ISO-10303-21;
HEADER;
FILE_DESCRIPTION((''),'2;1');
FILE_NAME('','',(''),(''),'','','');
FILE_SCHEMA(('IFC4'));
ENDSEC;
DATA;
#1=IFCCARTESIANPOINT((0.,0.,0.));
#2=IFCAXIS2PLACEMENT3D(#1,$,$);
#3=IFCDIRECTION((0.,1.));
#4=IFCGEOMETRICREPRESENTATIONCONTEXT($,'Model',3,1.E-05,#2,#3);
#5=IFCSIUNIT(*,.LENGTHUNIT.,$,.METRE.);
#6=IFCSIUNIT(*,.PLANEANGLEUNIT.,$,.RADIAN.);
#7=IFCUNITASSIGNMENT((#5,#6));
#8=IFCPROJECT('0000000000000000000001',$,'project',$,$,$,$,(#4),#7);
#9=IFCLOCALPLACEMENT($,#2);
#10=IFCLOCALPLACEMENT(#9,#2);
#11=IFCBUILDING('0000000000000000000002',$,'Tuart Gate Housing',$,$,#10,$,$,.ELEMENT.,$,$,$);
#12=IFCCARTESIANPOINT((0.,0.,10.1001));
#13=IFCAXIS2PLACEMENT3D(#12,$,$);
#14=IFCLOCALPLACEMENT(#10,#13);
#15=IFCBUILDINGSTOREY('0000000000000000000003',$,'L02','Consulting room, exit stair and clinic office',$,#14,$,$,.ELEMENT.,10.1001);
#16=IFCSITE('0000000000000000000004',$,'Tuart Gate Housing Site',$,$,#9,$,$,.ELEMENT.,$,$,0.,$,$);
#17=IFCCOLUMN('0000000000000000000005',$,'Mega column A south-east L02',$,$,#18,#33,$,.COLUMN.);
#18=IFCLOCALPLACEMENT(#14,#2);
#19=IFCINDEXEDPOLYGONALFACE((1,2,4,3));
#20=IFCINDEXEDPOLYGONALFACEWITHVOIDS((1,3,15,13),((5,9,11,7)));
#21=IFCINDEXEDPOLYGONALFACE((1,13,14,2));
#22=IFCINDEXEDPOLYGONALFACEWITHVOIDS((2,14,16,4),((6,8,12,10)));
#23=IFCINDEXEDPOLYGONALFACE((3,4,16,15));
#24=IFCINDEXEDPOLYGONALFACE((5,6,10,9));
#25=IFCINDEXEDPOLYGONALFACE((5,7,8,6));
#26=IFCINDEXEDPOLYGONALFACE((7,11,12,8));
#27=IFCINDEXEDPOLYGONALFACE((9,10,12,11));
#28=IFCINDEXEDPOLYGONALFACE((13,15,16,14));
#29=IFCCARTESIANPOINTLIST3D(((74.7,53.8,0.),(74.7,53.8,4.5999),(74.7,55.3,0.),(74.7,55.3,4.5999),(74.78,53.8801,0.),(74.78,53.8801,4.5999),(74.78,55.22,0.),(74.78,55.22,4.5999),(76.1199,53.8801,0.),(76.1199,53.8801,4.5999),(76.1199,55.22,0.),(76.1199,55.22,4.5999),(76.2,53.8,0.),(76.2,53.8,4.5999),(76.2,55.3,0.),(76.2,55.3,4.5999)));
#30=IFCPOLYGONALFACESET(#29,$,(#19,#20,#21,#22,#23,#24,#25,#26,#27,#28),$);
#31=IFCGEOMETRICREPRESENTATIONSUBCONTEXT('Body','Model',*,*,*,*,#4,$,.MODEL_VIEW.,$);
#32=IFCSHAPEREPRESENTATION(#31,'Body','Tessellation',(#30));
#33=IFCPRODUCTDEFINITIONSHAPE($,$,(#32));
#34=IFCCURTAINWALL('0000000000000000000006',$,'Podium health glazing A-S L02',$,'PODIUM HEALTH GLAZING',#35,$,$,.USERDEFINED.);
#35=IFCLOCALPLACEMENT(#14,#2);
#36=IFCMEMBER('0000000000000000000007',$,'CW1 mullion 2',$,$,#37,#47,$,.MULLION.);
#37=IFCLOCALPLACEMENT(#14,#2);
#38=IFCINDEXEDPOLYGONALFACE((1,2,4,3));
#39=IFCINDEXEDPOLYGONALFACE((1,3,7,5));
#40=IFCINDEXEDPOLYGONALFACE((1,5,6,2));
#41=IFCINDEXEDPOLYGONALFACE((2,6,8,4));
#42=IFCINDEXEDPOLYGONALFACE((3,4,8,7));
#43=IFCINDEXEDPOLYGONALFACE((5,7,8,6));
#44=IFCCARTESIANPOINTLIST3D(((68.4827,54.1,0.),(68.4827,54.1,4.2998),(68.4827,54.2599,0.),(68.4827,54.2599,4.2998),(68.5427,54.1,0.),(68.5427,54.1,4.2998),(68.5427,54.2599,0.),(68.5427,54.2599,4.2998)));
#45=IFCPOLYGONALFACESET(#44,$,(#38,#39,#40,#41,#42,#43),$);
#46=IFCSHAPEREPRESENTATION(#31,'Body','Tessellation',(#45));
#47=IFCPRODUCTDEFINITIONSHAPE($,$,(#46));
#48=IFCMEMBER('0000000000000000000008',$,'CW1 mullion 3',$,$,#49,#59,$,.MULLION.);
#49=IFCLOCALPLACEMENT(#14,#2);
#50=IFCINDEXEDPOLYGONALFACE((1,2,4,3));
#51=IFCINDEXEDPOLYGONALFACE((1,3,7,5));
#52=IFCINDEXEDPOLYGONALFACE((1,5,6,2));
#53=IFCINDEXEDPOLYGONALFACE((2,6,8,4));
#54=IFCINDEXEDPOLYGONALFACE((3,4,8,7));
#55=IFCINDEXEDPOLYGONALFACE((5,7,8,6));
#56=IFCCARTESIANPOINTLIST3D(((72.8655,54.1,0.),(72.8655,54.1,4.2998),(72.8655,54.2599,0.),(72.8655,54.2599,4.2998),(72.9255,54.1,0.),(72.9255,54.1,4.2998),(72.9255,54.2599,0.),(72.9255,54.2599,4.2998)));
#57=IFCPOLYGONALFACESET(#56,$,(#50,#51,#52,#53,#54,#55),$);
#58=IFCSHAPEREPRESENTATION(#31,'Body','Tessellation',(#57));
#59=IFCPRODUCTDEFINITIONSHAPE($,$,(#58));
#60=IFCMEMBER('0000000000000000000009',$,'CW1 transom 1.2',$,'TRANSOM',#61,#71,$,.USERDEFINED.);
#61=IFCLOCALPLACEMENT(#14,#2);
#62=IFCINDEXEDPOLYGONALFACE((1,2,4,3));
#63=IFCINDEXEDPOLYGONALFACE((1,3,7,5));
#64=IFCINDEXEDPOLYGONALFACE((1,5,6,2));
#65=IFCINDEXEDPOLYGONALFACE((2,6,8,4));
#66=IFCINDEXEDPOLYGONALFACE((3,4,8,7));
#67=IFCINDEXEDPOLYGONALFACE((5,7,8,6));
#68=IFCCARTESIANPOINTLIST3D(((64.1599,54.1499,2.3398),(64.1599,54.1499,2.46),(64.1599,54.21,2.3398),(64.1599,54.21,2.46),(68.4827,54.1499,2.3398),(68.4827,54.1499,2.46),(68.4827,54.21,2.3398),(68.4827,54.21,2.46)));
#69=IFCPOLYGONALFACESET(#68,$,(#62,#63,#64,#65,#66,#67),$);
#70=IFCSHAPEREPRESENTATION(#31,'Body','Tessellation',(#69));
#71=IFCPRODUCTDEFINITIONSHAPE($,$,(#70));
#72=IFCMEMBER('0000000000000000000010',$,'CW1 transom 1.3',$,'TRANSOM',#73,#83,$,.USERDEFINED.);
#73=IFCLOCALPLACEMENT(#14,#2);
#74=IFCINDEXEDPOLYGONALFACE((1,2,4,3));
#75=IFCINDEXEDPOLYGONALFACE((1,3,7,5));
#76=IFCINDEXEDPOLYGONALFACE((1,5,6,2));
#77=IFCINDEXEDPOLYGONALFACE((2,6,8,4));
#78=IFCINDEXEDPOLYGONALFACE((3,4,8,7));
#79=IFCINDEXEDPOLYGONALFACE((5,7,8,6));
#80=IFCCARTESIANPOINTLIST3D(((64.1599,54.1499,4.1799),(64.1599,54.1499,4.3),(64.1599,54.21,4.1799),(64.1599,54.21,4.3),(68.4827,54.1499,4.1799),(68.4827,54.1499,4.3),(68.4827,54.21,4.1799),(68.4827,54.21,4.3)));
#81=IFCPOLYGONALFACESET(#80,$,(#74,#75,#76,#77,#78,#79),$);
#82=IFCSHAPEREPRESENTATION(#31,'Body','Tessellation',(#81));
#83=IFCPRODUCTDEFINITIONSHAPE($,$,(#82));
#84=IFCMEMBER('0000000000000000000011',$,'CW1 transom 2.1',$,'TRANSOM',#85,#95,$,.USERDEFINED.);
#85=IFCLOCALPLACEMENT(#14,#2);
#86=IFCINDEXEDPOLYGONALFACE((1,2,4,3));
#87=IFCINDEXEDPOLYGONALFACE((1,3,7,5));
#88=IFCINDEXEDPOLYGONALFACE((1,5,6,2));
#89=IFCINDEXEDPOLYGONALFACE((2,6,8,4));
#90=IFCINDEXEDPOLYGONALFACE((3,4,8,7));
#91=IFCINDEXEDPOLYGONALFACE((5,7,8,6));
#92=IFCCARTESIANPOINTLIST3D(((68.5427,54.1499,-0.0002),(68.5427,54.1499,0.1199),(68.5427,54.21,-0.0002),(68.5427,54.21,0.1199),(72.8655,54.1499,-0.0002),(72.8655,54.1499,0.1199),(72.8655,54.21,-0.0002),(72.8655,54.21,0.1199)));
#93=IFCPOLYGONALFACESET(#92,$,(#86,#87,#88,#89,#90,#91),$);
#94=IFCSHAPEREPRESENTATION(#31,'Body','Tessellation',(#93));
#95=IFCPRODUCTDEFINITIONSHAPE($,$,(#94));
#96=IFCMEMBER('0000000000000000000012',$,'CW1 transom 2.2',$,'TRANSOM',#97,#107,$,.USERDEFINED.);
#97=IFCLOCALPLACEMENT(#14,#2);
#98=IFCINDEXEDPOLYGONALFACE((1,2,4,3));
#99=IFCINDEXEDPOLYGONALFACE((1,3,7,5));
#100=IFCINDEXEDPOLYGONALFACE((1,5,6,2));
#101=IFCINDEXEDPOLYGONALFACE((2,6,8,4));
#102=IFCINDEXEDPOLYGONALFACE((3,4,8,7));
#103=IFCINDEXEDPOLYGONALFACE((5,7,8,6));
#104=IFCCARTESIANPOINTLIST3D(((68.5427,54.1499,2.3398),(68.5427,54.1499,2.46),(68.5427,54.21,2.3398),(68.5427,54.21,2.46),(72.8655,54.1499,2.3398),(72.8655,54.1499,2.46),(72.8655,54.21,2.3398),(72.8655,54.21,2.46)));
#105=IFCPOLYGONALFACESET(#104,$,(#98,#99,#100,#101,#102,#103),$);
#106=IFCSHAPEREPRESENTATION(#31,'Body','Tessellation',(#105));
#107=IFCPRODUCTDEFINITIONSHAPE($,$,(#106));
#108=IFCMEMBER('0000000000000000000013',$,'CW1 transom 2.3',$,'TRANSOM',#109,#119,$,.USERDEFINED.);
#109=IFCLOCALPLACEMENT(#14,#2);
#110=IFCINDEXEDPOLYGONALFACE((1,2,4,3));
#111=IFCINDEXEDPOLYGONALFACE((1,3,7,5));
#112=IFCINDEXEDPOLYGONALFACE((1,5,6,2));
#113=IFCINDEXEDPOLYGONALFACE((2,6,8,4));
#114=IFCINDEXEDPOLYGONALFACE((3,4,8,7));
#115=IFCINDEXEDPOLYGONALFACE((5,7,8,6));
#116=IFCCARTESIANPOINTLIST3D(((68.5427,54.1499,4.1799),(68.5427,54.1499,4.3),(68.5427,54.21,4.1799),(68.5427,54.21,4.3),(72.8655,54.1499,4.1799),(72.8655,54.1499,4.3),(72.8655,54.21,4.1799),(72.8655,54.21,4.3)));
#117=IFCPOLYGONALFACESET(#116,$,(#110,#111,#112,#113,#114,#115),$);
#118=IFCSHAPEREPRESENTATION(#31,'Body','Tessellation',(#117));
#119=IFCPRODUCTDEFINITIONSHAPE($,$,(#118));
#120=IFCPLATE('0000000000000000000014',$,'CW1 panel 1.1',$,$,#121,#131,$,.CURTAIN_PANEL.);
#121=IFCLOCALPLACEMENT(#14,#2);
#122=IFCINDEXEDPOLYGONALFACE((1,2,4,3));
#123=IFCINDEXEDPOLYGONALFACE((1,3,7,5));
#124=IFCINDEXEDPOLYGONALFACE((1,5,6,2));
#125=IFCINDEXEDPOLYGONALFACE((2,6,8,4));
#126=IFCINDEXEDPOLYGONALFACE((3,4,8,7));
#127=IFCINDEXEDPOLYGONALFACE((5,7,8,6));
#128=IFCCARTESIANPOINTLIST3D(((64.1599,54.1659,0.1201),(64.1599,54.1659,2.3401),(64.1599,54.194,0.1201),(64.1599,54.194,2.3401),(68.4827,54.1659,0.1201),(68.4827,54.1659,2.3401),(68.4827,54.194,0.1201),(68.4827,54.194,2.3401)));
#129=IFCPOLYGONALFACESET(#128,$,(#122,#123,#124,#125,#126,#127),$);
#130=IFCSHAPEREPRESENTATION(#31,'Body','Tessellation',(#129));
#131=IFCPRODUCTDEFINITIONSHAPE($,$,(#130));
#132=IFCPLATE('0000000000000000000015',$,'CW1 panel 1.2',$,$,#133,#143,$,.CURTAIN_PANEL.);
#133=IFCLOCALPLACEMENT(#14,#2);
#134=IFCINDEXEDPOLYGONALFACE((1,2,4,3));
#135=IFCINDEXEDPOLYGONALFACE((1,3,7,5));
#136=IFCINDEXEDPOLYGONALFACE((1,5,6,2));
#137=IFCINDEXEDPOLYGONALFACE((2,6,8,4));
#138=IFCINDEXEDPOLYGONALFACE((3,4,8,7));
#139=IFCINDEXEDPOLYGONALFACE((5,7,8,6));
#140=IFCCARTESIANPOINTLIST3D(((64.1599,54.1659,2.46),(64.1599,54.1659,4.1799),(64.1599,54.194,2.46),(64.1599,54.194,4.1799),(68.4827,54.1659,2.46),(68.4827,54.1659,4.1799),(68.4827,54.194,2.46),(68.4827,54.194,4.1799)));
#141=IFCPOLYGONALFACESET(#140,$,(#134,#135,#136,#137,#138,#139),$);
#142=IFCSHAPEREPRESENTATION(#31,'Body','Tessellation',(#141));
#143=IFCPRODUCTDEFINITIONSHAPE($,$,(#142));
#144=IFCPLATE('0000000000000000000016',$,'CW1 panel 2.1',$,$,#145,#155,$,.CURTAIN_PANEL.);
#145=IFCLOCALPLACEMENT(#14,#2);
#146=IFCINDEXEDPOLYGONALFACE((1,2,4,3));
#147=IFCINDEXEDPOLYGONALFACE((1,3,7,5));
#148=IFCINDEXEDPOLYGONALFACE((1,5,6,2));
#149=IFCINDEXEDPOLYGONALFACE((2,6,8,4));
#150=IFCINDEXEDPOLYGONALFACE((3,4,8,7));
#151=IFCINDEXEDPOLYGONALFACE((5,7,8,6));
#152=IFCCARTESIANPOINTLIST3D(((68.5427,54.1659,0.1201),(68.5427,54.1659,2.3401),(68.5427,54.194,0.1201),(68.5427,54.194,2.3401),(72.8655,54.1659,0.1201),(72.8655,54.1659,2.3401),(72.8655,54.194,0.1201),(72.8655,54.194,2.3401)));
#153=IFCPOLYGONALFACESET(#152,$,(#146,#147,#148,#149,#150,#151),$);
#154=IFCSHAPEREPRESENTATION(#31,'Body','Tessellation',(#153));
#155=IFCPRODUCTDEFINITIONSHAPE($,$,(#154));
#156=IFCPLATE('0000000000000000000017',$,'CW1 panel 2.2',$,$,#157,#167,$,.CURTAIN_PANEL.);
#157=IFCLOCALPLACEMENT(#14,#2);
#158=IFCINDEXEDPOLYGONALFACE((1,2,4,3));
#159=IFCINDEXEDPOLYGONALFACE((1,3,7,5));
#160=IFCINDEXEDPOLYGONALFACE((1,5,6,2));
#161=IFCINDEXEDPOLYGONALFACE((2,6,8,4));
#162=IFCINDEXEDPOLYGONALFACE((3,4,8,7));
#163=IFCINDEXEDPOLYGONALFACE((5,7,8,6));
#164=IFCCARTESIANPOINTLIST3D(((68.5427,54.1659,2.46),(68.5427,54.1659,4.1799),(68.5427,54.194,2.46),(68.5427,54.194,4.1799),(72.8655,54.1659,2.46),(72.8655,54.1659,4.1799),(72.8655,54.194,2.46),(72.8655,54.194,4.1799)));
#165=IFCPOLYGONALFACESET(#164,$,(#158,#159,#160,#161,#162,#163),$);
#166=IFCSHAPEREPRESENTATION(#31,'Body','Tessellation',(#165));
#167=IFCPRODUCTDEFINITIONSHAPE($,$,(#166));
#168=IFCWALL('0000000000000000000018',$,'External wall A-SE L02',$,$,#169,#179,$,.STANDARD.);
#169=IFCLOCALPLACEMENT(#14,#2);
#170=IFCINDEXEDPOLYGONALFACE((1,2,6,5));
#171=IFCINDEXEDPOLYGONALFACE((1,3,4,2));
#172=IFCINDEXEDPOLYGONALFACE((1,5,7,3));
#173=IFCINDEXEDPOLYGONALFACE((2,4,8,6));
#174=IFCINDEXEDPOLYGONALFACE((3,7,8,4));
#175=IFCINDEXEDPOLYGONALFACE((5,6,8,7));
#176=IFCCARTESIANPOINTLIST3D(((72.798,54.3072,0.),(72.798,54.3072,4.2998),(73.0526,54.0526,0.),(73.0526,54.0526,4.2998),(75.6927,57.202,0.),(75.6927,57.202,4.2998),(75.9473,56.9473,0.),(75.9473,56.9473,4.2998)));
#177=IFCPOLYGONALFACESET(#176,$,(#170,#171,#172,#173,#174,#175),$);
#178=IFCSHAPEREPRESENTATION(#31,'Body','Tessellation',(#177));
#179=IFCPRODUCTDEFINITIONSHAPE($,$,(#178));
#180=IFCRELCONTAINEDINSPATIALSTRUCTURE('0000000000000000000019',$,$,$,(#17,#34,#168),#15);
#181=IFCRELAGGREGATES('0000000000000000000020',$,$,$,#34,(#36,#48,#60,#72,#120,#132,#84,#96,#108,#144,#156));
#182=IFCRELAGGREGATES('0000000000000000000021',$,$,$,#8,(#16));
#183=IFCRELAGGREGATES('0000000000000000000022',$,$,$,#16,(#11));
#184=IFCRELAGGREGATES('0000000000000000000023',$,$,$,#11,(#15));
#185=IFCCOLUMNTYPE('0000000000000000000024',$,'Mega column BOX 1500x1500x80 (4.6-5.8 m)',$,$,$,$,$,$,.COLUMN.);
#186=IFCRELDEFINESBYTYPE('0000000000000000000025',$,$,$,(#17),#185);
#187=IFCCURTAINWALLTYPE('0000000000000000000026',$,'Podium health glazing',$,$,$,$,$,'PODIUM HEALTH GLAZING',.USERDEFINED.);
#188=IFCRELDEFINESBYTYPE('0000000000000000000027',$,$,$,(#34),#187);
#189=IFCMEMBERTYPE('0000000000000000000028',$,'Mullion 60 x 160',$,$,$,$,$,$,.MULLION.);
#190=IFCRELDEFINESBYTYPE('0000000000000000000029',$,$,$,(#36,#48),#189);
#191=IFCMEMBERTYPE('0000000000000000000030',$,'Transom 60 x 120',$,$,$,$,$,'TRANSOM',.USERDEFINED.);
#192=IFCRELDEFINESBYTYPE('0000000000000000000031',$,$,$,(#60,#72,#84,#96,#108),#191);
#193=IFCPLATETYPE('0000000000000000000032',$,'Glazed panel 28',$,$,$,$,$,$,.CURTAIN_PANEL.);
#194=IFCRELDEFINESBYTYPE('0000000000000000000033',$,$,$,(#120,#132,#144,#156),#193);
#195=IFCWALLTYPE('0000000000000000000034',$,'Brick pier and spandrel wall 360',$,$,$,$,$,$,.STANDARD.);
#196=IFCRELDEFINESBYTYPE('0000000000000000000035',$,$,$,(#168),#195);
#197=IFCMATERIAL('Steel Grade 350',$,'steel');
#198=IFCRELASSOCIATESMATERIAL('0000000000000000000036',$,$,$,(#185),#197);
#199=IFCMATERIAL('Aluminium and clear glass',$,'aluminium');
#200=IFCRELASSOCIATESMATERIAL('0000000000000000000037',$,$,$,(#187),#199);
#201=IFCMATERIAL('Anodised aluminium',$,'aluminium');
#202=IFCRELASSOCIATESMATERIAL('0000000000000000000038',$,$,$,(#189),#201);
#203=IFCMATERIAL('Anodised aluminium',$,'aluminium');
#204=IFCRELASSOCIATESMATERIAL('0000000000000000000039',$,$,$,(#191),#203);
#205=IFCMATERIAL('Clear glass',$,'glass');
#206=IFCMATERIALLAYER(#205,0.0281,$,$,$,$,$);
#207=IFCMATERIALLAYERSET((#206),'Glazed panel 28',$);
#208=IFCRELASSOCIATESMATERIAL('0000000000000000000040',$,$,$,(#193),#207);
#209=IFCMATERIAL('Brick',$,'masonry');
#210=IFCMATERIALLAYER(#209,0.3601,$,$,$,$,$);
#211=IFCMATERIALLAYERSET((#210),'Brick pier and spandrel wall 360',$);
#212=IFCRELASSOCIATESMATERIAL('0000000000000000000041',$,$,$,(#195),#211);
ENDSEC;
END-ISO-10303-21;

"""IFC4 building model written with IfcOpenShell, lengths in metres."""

from ifc_helpers import new_model, si_unit, direction, frame, frame_2d, origin, origin_2d, place, context, subcontext, project, spatial, rectangle, hollow_rectangle, extrude, material, layer, layer_set, material_profile, profile_set, type_object, element, aggregate, save


model = new_model("IFC4")

# Units and contexts
model_context = context("Model", 3, precision=1e-05, world=origin(), true_north=direction((0.0, 1.0)))
body_context = subcontext(model_context, "Body", "Model", "MODEL_VIEW")
ifc_project = project(units=[si_unit("LENGTHUNIT", "METRE"), si_unit("PLANEANGLEUNIT", "RADIAN")], contexts=[model_context])

# Site, building, storey
site_placement = place(None, origin())
site = spatial("IfcSite", under=ifc_project, at=site_placement, Name="Tuart Gate Housing Site", CompositionType="ELEMENT", RefElevation=0.0)
building_placement = place(site_placement, origin())
building = spatial("IfcBuilding", under=site, at=building_placement, Name="Tuart Gate Housing", CompositionType="ELEMENT")
storey_placement = place(building_placement, frame((0.0, 0.0, 10.1001)))
storey = spatial("IfcBuildingStorey", under=building, at=storey_placement, Name="L02", Description="Consulting room, exit stair and clinic office", CompositionType="ELEMENT", Elevation=10.1001)

# Column
ifc_material_1 = material(Name="Steel Grade 350", Category="steel")
ifc_material_profile_1 = material_profile(ifc_material_1, hollow_rectangle(XDim=1.5, YDim=1.5, WallThickness=0.0801, at=origin_2d()), Name="BOX 1500x1500x80")
ifc_profile_set_1 = profile_set([ifc_material_profile_1], Name="Steel Grade 350")
column_type = type_object("IfcColumnType", Name="Mega column BOX 1500x1500x80 (4.6-5.8 m)", PredefinedType="COLUMN", material=ifc_profile_set_1)
column_placement = place(storey_placement, frame((75.45, 54.55, 0.0), z_axis=(0.0, 0.0, 1.0), x_axis=(1.0, 0.0, 0.0)))
element("IfcColumn", 1, at=column_placement, inside=storey, type_object=column_type, Name="Mega column A south-east L02", PredefinedType="COLUMN", context=body_context, shape_type="SweptSolid", body=[
    extrude(hollow_rectangle(XDim=1.5, YDim=1.5, WallThickness=0.0801, at=origin_2d()), origin(), (0.0, 0.0, 1.0), 4.5999),
])

# Curtain wall, members, plates
ifc_material_2 = material(Name="Aluminium and clear glass", Category="aluminium")
curtain_wall_type = type_object("IfcCurtainWallType", Name="Podium health glazing", ElementType="PODIUM HEALTH GLAZING", PredefinedType="USERDEFINED", material=ifc_material_2)
curtain_wall_placement = place(storey_placement, origin())
curtain_wall = element("IfcCurtainWall", 2, at=curtain_wall_placement, inside=storey, type_object=curtain_wall_type, Name="Podium health glazing A-S L02", ObjectType="PODIUM HEALTH GLAZING", PredefinedType="USERDEFINED")
ifc_material_3 = material(Name="Anodised aluminium", Category="aluminium")
ifc_material_profile_2 = material_profile(ifc_material_3, rectangle(XDim=0.0601, YDim=0.1599, at=origin_2d()), Name="60x160")
ifc_profile_set_2 = profile_set([ifc_material_profile_2], Name="Anodised aluminium")
member_type_1 = type_object("IfcMemberType", Name="Mullion 60 x 160", PredefinedType="MULLION", material=ifc_profile_set_2)
member_1_placement = place(storey_placement, frame((68.5127, 54.1799, 0.0), z_axis=(0.0, 0.0, 1.0), x_axis=(1.0, 0.0, 0.0)))
member_1 = element("IfcMember", 3, at=member_1_placement, type_object=member_type_1, Name="CW1 mullion 2", PredefinedType="MULLION", context=body_context, shape_type="SweptSolid", body=[
    extrude(rectangle(XDim=0.0601, YDim=0.1599, at=origin_2d()), origin(), (0.0, 0.0, 1.0), 4.2998),
])
member_2_placement = place(storey_placement, frame((72.8955, 54.1799, 0.0), z_axis=(0.0, 0.0, 1.0), x_axis=(1.0, 0.0, 0.0)))
member_2 = element("IfcMember", 4, at=member_2_placement, type_object=member_type_1, Name="CW1 mullion 3", PredefinedType="MULLION", context=body_context, shape_type="SweptSolid", body=[
    extrude(rectangle(XDim=0.0601, YDim=0.1599, at=origin_2d()), origin(), (0.0, 0.0, 1.0), 4.2998),
])
ifc_material_4 = material(Name="Anodised aluminium", Category="aluminium")
ifc_material_profile_3 = material_profile(ifc_material_4, rectangle(XDim=0.0601, YDim=0.1201, at=origin_2d()), Name="60x120")
ifc_profile_set_3 = profile_set([ifc_material_profile_3], Name="Anodised aluminium")
member_type_2 = type_object("IfcMemberType", Name="Transom 60 x 120", ElementType="TRANSOM", PredefinedType="USERDEFINED", material=ifc_profile_set_3)
member_3_placement = place(storey_placement, frame((64.1599, 54.1799, 2.3999), z_axis=(1.0, 0.0, 0.0), x_axis=(0.0, 1.0, 0.0)))
member_3 = element("IfcMember", 5, at=member_3_placement, type_object=member_type_2, Name="CW1 transom 1.2", ObjectType="TRANSOM", PredefinedType="USERDEFINED", context=body_context, shape_type="SweptSolid", body=[
    extrude(rectangle(XDim=0.0601, YDim=0.1201, at=origin_2d()), origin(), (0.0, 0.0, 1.0), 4.3228),
])
member_4_placement = place(storey_placement, frame((64.1599, 54.1799, 4.24), z_axis=(1.0, 0.0, 0.0), x_axis=(0.0, 1.0, 0.0)))
member_4 = element("IfcMember", 6, at=member_4_placement, type_object=member_type_2, Name="CW1 transom 1.3", ObjectType="TRANSOM", PredefinedType="USERDEFINED", context=body_context, shape_type="SweptSolid", body=[
    extrude(rectangle(XDim=0.0601, YDim=0.1201, at=origin_2d()), origin(), (0.0, 0.0, 1.0), 4.3228),
])
member_5_placement = place(storey_placement, frame((68.5427, 54.1799, 0.0598), z_axis=(1.0, 0.0, 0.0), x_axis=(0.0, 1.0, 0.0)))
member_5 = element("IfcMember", 7, at=member_5_placement, type_object=member_type_2, Name="CW1 transom 2.1", ObjectType="TRANSOM", PredefinedType="USERDEFINED", context=body_context, shape_type="SweptSolid", body=[
    extrude(rectangle(XDim=0.0601, YDim=0.1201, at=origin_2d()), origin(), (0.0, 0.0, 1.0), 4.3228),
])
member_6_placement = place(storey_placement, frame((68.5427, 54.1799, 2.3999), z_axis=(1.0, 0.0, 0.0), x_axis=(0.0, 1.0, 0.0)))
member_6 = element("IfcMember", 8, at=member_6_placement, type_object=member_type_2, Name="CW1 transom 2.2", ObjectType="TRANSOM", PredefinedType="USERDEFINED", context=body_context, shape_type="SweptSolid", body=[
    extrude(rectangle(XDim=0.0601, YDim=0.1201, at=origin_2d()), origin(), (0.0, 0.0, 1.0), 4.3228),
])
member_7_placement = place(storey_placement, frame((68.5427, 54.1799, 4.24), z_axis=(1.0, 0.0, 0.0), x_axis=(0.0, 1.0, 0.0)))
member_7 = element("IfcMember", 9, at=member_7_placement, type_object=member_type_2, Name="CW1 transom 2.3", ObjectType="TRANSOM", PredefinedType="USERDEFINED", context=body_context, shape_type="SweptSolid", body=[
    extrude(rectangle(XDim=0.0601, YDim=0.1201, at=origin_2d()), origin(), (0.0, 0.0, 1.0), 4.3228),
])
ifc_material_5 = material(Name="Clear glass", Category="glass")
ifc_layer_1 = layer(ifc_material_5, 0.0281)
ifc_layer_set_1 = layer_set([ifc_layer_1], Name="Glazed panel 28")
plate_type = type_object("IfcPlateType", Name="Glazed panel 28", PredefinedType="CURTAIN_PANEL", material=ifc_layer_set_1)
plate_1_placement = place(storey_placement, frame((66.3213, 54.1799, 0.1201), z_axis=(0.0, 0.0, 1.0), x_axis=(1.0, 0.0, 0.0)))
plate_1 = element("IfcPlate", 10, at=plate_1_placement, type_object=plate_type, Name="CW1 panel 1.1", PredefinedType="CURTAIN_PANEL", context=body_context, shape_type="SweptSolid", body=[
    extrude(rectangle(XDim=4.3228, YDim=0.0281, at=origin_2d()), origin(), (0.0, 0.0, 1.0), 2.22),
])
plate_2_placement = place(storey_placement, frame((66.3213, 54.1799, 2.46), z_axis=(0.0, 0.0, 1.0), x_axis=(1.0, 0.0, 0.0)))
plate_2 = element("IfcPlate", 11, at=plate_2_placement, type_object=plate_type, Name="CW1 panel 1.2", PredefinedType="CURTAIN_PANEL", context=body_context, shape_type="SweptSolid", body=[
    extrude(rectangle(XDim=4.3228, YDim=0.0281, at=origin_2d()), origin(), (0.0, 0.0, 1.0), 1.72),
])
plate_3_placement = place(storey_placement, frame((70.7041, 54.1799, 0.1201), z_axis=(0.0, 0.0, 1.0), x_axis=(1.0, 0.0, 0.0)))
plate_3 = element("IfcPlate", 12, at=plate_3_placement, type_object=plate_type, Name="CW1 panel 2.1", PredefinedType="CURTAIN_PANEL", context=body_context, shape_type="SweptSolid", body=[
    extrude(rectangle(XDim=4.3228, YDim=0.0281, at=origin_2d()), origin(), (0.0, 0.0, 1.0), 2.22),
])
plate_4_placement = place(storey_placement, frame((70.7041, 54.1799, 2.46), z_axis=(0.0, 0.0, 1.0), x_axis=(1.0, 0.0, 0.0)))
plate_4 = element("IfcPlate", 13, at=plate_4_placement, type_object=plate_type, Name="CW1 panel 2.2", PredefinedType="CURTAIN_PANEL", context=body_context, shape_type="SweptSolid", body=[
    extrude(rectangle(XDim=4.3228, YDim=0.0281, at=origin_2d()), origin(), (0.0, 0.0, 1.0), 1.72),
])
aggregate(curtain_wall, [member_1, member_2, member_3, member_4, plate_1, plate_2, member_5, member_6, member_7, plate_3, plate_4])

# Wall
ifc_material_6 = material(Name="Brick", Category="masonry")
ifc_layer_2 = layer(ifc_material_6, 0.3601)
ifc_layer_set_2 = layer_set([ifc_layer_2], Name="Brick pier and spandrel wall 360")
wall_type_1 = type_object("IfcWallType", Name="Brick pier and spandrel wall 360", PredefinedType="STANDARD", material=ifc_layer_set_2)
wall_1_placement = place(storey_placement, frame((72.9253, 54.1799, 0.0), z_axis=(0.0, 0.0, 1.0), x_axis=(0.707107, 0.707107, 0.0)))
element("IfcWall", 14, at=wall_1_placement, inside=storey, type_object=wall_type_1, Name="External wall A-SE L02", PredefinedType="STANDARD", context=body_context, shape_type="SweptSolid", body=[
    extrude(rectangle(XDim=4.0938, YDim=0.3601, at=frame_2d((2.0469, 0.0))), origin(), (0.0, 0.0, 1.0), 4.2998),
])

save(model, "model.ifc")
